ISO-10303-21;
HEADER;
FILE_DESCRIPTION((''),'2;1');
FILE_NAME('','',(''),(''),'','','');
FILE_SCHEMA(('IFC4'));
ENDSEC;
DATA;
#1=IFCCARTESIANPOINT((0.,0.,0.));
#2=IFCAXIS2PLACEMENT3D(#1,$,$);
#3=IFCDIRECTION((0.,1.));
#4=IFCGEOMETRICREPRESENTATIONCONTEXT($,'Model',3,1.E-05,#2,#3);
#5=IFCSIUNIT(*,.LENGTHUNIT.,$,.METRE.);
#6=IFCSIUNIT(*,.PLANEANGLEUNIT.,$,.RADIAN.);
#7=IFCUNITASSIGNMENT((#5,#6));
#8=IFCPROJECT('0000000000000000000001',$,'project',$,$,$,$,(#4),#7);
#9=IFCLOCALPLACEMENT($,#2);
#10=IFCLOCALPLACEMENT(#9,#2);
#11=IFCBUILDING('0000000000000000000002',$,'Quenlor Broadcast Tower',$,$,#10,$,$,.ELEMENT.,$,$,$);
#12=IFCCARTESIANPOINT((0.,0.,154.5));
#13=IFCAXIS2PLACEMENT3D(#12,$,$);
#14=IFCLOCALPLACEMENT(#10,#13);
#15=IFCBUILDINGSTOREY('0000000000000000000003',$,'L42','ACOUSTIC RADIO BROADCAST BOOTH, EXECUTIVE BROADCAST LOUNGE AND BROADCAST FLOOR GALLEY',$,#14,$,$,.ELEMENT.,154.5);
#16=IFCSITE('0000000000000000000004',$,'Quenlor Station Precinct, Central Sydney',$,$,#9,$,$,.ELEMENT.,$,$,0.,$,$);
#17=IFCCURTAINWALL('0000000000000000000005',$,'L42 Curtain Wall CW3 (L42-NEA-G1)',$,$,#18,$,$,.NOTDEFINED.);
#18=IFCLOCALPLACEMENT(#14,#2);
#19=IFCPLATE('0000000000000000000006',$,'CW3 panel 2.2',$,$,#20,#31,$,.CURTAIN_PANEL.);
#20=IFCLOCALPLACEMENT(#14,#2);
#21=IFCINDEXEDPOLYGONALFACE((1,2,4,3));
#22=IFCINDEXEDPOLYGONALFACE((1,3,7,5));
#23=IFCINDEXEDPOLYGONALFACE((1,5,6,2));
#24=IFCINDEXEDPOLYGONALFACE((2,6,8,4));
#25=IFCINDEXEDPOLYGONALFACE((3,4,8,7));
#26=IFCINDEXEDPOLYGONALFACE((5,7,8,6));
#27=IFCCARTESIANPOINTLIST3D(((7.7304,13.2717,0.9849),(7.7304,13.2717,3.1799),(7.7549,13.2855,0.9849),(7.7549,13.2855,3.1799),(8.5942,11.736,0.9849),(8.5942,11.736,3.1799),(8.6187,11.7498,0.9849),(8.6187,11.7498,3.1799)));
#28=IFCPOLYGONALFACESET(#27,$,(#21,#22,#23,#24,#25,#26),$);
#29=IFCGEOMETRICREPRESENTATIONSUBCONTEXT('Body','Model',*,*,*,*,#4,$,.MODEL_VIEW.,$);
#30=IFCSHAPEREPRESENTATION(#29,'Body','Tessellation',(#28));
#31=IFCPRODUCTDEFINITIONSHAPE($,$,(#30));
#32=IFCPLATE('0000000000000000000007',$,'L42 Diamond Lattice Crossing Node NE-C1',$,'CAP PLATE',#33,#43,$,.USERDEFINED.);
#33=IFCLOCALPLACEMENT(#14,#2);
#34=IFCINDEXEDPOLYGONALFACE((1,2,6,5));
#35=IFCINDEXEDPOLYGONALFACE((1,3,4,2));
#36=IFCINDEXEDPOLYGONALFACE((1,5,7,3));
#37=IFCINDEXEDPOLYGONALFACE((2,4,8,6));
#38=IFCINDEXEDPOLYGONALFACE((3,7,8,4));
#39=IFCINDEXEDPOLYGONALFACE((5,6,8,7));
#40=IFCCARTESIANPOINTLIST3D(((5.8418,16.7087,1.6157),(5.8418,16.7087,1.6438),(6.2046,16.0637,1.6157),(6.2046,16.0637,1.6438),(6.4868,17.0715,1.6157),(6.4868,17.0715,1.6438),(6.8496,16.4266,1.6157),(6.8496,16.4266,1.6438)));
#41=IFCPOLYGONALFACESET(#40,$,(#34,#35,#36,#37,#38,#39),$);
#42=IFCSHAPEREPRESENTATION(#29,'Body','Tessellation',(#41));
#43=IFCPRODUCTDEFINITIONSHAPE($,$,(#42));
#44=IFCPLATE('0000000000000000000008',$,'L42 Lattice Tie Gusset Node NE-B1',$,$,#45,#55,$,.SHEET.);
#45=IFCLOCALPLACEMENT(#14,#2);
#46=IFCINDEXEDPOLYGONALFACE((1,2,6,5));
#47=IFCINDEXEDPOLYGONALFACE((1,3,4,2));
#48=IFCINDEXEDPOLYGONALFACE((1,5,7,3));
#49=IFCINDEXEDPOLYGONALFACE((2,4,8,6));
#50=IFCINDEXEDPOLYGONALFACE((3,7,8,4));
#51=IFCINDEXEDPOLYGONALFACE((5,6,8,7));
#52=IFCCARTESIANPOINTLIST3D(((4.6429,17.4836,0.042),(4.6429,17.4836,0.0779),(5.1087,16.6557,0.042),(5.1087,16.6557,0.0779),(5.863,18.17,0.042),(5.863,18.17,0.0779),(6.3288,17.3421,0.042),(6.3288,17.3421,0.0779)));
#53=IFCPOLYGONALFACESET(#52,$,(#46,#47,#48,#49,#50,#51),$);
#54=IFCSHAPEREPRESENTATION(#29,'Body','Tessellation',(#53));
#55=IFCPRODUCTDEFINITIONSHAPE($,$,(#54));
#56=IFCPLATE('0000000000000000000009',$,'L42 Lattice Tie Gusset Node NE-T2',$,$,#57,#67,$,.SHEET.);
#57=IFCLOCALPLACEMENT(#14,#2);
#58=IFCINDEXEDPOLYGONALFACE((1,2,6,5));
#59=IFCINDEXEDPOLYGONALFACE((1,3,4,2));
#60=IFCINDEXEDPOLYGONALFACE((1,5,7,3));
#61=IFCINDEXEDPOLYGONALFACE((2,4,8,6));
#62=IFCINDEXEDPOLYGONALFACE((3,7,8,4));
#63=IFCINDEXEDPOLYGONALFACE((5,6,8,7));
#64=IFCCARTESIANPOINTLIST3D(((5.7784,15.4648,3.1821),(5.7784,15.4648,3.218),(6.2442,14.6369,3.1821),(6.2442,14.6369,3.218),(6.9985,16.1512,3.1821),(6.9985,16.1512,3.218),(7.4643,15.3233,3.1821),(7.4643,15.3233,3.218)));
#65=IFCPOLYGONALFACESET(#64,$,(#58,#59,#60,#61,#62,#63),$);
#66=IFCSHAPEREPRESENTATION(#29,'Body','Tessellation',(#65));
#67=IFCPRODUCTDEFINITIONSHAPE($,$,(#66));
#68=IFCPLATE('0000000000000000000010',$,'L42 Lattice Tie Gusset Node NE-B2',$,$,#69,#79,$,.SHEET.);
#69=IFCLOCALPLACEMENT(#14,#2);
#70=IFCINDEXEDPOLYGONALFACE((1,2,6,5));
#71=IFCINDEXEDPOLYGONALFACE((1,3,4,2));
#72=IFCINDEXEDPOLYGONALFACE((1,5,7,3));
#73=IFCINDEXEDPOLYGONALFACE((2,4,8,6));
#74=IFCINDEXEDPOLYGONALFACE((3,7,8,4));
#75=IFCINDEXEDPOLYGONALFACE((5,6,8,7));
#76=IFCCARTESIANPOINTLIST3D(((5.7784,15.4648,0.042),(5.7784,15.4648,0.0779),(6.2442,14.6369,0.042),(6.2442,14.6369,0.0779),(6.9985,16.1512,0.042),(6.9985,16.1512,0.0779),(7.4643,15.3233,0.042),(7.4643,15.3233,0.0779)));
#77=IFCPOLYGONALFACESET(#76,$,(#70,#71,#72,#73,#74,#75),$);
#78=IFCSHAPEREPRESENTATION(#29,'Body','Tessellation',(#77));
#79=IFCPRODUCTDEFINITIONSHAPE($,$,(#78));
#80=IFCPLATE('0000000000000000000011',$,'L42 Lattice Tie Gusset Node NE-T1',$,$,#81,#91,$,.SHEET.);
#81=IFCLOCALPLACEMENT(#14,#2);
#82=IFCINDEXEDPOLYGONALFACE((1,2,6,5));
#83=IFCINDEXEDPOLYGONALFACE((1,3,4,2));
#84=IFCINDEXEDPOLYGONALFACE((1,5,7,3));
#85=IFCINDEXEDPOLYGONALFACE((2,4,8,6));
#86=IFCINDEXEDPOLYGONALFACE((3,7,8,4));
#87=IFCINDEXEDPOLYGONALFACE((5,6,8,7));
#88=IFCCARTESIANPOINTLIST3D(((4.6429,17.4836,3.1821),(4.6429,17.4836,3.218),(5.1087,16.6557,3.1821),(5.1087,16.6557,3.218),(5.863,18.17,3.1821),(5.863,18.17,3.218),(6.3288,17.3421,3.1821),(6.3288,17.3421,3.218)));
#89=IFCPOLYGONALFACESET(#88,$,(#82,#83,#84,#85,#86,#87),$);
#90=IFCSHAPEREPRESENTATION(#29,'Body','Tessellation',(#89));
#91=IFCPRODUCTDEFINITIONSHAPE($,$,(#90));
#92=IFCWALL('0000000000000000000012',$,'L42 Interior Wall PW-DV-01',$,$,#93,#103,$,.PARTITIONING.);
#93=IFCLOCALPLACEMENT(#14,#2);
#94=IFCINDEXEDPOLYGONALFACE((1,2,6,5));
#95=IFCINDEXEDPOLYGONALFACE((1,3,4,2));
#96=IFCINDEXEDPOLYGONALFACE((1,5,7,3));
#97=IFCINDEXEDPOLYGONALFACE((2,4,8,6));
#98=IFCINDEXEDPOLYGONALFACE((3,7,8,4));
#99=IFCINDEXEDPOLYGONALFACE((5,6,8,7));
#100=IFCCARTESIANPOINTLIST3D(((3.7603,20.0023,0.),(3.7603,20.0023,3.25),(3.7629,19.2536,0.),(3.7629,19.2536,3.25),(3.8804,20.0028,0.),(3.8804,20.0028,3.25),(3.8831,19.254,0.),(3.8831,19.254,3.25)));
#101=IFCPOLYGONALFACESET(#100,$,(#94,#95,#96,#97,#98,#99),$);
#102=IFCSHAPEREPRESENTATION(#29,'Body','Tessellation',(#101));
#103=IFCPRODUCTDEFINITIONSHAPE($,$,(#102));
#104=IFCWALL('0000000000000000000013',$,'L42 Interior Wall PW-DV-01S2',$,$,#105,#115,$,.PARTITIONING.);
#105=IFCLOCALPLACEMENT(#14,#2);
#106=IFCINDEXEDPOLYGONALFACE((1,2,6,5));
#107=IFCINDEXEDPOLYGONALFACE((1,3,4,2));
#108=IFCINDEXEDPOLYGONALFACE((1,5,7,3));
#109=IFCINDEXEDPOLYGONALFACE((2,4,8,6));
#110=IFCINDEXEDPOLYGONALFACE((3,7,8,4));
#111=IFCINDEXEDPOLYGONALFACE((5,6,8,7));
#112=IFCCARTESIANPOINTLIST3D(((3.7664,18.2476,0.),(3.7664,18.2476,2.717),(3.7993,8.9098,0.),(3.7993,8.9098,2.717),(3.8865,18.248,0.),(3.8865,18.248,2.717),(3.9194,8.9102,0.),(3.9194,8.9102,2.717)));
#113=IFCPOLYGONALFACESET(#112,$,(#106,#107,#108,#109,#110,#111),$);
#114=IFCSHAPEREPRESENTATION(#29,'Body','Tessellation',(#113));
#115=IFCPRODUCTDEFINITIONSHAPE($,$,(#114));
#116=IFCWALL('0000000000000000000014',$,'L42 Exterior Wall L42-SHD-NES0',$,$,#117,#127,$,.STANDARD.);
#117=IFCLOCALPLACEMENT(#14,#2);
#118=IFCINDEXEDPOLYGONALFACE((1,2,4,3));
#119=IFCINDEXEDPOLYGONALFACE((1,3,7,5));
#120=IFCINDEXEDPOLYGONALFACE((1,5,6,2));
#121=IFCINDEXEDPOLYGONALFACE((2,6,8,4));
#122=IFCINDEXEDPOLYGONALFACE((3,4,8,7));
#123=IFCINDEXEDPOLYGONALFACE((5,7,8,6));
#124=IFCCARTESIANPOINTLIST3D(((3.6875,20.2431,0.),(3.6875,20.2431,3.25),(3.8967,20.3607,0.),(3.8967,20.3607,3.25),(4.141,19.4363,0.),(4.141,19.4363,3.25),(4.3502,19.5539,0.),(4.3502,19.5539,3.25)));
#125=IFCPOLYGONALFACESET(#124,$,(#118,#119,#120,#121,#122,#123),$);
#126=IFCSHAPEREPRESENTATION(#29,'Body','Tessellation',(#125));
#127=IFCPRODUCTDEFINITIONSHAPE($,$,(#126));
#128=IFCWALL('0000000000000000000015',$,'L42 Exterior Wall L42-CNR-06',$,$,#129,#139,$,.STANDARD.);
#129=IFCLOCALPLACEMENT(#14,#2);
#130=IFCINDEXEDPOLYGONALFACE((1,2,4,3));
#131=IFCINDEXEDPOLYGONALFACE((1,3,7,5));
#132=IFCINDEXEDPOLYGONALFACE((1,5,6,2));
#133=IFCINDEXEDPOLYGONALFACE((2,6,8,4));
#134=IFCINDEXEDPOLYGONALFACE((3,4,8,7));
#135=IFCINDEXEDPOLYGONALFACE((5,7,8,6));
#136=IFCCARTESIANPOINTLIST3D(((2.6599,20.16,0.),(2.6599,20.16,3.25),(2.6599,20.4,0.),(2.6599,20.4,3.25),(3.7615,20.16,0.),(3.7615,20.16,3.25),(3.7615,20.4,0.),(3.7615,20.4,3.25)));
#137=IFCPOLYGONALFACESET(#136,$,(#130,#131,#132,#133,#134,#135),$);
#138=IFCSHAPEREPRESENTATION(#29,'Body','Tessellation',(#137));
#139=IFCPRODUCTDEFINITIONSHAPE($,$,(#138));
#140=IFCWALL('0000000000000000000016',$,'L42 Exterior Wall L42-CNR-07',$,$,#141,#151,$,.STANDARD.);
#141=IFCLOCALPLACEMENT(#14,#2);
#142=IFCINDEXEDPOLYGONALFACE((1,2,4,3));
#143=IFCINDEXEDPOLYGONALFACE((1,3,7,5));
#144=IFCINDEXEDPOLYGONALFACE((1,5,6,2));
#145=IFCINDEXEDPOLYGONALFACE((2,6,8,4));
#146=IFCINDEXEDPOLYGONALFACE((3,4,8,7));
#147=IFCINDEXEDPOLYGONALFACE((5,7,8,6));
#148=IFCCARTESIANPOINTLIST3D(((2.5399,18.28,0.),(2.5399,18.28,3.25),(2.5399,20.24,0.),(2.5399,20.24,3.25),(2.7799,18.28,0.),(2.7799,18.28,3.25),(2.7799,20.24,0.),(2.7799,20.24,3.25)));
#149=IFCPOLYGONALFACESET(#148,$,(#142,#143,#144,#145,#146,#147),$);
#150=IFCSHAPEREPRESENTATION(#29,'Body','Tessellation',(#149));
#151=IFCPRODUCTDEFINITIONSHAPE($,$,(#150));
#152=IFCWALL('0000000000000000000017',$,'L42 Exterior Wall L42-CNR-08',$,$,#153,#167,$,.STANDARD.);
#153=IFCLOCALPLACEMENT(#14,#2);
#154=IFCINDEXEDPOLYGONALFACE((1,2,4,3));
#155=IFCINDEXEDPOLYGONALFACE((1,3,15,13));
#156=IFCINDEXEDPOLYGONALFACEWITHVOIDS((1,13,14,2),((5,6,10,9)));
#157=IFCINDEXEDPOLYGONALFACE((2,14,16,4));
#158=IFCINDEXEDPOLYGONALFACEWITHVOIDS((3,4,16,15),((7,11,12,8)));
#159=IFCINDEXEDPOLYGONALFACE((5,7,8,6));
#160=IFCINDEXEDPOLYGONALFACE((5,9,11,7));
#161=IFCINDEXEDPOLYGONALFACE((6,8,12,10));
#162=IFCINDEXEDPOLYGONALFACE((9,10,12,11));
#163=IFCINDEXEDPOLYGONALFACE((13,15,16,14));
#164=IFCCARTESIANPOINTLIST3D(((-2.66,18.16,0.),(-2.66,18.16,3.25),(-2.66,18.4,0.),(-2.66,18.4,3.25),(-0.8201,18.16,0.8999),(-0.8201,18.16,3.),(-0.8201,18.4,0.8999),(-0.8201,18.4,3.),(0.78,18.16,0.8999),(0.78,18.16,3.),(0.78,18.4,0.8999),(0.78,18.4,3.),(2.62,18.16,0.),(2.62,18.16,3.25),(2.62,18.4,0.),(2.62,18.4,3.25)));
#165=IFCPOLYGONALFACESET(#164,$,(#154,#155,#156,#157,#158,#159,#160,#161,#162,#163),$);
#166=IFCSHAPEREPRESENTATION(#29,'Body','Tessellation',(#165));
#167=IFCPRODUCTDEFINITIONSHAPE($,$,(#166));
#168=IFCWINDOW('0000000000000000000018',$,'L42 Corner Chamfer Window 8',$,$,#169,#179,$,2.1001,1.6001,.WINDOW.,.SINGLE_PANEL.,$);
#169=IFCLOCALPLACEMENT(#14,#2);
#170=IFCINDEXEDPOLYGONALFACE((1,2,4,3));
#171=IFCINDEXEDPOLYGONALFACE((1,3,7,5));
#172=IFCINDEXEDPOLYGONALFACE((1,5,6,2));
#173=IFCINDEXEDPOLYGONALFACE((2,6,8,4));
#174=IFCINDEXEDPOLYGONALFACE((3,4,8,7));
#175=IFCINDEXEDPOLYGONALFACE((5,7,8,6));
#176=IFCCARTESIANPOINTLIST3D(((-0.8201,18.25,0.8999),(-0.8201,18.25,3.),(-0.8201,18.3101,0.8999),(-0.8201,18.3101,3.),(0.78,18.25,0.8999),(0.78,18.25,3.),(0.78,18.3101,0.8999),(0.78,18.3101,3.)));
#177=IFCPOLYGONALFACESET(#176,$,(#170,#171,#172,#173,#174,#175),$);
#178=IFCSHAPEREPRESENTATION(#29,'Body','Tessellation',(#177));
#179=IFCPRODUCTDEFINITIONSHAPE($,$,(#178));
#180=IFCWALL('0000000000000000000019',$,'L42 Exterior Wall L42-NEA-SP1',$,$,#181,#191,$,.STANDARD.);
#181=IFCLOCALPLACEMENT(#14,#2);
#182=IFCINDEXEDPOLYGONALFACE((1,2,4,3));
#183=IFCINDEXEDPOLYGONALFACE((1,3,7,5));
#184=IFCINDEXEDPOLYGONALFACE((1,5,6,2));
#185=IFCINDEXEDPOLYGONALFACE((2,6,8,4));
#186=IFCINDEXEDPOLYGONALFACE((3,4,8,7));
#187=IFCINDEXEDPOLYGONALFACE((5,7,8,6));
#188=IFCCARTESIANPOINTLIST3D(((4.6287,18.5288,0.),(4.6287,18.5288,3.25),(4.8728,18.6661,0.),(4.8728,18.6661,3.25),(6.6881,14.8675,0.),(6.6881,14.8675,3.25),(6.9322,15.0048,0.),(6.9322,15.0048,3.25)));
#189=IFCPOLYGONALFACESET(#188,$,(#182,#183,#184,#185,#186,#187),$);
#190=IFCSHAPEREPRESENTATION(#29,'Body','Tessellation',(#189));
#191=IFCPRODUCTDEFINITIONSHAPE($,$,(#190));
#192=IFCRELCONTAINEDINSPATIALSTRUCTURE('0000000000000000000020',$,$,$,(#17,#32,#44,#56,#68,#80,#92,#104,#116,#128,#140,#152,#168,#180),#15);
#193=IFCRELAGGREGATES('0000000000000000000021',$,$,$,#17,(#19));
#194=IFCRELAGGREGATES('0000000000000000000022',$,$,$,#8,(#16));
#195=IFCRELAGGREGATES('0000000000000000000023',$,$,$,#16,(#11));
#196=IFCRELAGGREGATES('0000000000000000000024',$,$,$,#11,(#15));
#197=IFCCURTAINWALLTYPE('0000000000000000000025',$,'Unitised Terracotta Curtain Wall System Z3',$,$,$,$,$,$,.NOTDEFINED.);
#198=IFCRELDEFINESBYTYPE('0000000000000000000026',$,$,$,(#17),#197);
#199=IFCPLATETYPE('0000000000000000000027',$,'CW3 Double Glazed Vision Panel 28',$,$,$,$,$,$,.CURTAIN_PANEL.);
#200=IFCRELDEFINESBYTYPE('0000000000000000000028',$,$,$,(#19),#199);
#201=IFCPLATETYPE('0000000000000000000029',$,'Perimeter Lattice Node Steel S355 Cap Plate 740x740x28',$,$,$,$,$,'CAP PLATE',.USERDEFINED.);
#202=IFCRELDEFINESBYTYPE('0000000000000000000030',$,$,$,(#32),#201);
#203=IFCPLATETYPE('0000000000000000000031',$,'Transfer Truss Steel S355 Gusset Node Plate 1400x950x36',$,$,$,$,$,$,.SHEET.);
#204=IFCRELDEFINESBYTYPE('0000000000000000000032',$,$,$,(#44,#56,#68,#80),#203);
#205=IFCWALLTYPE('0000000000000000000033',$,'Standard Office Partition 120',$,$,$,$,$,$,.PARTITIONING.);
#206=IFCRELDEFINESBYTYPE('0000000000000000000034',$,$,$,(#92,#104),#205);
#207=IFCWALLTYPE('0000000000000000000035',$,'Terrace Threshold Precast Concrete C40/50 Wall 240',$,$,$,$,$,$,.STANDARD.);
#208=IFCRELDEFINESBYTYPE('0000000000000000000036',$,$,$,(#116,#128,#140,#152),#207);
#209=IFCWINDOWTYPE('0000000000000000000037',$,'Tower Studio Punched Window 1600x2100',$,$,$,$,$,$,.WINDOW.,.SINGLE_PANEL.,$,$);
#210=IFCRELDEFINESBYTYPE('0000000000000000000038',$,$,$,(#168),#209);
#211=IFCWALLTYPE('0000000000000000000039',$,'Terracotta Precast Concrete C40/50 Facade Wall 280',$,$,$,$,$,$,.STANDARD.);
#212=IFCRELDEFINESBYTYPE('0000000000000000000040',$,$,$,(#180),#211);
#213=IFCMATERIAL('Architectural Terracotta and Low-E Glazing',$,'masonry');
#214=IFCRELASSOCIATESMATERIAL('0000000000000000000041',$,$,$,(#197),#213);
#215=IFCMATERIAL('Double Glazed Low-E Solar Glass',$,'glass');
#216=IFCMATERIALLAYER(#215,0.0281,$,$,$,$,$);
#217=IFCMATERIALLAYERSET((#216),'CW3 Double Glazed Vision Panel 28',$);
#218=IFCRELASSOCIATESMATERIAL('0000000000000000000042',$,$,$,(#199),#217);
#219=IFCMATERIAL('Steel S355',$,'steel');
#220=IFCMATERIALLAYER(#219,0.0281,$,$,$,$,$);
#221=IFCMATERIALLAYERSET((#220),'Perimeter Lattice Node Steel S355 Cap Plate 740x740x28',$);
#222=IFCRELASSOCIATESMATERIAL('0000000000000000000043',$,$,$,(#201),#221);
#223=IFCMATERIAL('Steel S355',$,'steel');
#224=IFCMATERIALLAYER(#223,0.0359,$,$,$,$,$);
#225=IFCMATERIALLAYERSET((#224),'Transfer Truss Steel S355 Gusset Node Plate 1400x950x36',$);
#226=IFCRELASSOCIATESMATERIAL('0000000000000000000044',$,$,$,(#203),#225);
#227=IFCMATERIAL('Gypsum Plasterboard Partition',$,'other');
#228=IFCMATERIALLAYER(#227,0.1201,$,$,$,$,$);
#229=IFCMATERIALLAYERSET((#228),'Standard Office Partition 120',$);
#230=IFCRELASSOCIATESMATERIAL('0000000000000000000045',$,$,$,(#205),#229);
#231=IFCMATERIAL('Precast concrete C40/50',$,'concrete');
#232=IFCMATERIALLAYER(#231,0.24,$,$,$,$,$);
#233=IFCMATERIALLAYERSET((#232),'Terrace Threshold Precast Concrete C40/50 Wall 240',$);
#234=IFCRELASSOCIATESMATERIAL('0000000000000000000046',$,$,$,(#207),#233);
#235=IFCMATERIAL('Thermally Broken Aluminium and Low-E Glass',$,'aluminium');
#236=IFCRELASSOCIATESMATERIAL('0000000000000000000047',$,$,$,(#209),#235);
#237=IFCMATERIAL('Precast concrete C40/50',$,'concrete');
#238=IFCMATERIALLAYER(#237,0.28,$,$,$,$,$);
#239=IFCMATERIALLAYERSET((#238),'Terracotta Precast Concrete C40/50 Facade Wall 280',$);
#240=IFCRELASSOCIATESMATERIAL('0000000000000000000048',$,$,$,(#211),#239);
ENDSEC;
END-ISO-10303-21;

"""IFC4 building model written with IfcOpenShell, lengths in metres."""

from ifc_helpers import new_model, si_unit, direction, frame, frame_2d, origin, origin_2d, place, context, subcontext, project, spatial, rectangle, extrude, material, layer, layer_set, type_object, element, fill, aggregate, save


model = new_model("IFC4")

# Units and contexts
model_context = context("Model", 3, precision=1e-05, world=origin(), true_north=direction((0.0, 1.0)))
body_context = subcontext(model_context, "Body", "Model", "MODEL_VIEW")
ifc_project = project(units=[si_unit("LENGTHUNIT", "METRE"), si_unit("PLANEANGLEUNIT", "RADIAN")], contexts=[model_context])

# Site, building, storey
site_placement = place(None, origin())
site = spatial("IfcSite", under=ifc_project, at=site_placement, Name="Quenlor Station Precinct, Central Sydney", CompositionType="ELEMENT", RefElevation=0.0)
building_placement = place(site_placement, origin())
building = spatial("IfcBuilding", under=site, at=building_placement, Name="Quenlor Broadcast Tower", CompositionType="ELEMENT")
storey_placement = place(building_placement, frame((0.0, 0.0, 154.5)))
storey = spatial("IfcBuildingStorey", under=building, at=storey_placement, Name="L42", Description="ACOUSTIC RADIO BROADCAST BOOTH, EXECUTIVE BROADCAST LOUNGE AND BROADCAST FLOOR GALLEY", CompositionType="ELEMENT", Elevation=154.5)

# Curtain wall
ifc_material_1 = material(Name="Architectural Terracotta and Low-E Glazing", Category="masonry")
curtain_wall_type = type_object("IfcCurtainWallType", Name="Unitised Terracotta Curtain Wall System Z3", PredefinedType="NOTDEFINED", material=ifc_material_1)
curtain_wall_placement = place(storey_placement, origin())
curtain_wall = element("IfcCurtainWall", 1, at=curtain_wall_placement, inside=storey, type_object=curtain_wall_type, Name="L42 Curtain Wall CW3 (L42-NEA-G1)", PredefinedType="NOTDEFINED")

# Plate
ifc_material_2 = material(Name="Double Glazed Low-E Solar Glass", Category="glass")
ifc_layer_1 = layer(ifc_material_2, 0.0281)
ifc_layer_set_1 = layer_set([ifc_layer_1], Name="CW3 Double Glazed Vision Panel 28")
plate_type_1 = type_object("IfcPlateType", Name="CW3 Double Glazed Vision Panel 28", PredefinedType="CURTAIN_PANEL", material=ifc_layer_set_1)
plate_1_placement = place(storey_placement, frame((8.1746, 12.5107, 0.9849), z_axis=(0.0, 0.0, 1.0), x_axis=(0.49027, -0.871571, 0.0)))
plate_1 = element("IfcPlate", 2, at=plate_1_placement, type_object=plate_type_1, Name="CW3 panel 2.2", PredefinedType="CURTAIN_PANEL", context=body_context, shape_type="SweptSolid", body=[
    extrude(rectangle(XDim=1.762, YDim=0.0281, at=origin_2d()), origin(), (0.0, 0.0, 1.0), 2.1951),
])
aggregate(curtain_wall, [plate_1])

# Plates
ifc_material_3 = material(Name="Steel S355", Category="steel")
ifc_layer_2 = layer(ifc_material_3, 0.0281)
ifc_layer_set_2 = layer_set([ifc_layer_2], Name="Perimeter Lattice Node Steel S355 Cap Plate 740x740x28")
plate_type_2 = type_object("IfcPlateType", Name="Perimeter Lattice Node Steel S355 Cap Plate 740x740x28", ElementType="CAP PLATE", PredefinedType="USERDEFINED", material=ifc_layer_set_2)
plate_2_placement = place(storey_placement, frame((6.3457, 16.5676, 1.6157), z_axis=(0.0, 0.0, 1.0), x_axis=(0.490295, -0.871556, 0.0)))
element("IfcPlate", 3, at=plate_2_placement, inside=storey, type_object=plate_type_2, Name="L42 Diamond Lattice Crossing Node NE-C1", ObjectType="CAP PLATE", PredefinedType="USERDEFINED", context=body_context, shape_type="SweptSolid", body=[
    extrude(rectangle(XDim=0.74, YDim=0.74, at=origin_2d()), origin(), (0.0, 0.0, 1.0), 0.0281),
])
ifc_material_4 = material(Name="Steel S355", Category="steel")
ifc_layer_3 = layer(ifc_material_4, 0.0359)
ifc_layer_set_3 = layer_set([ifc_layer_3], Name="Transfer Truss Steel S355 Gusset Node Plate 1400x950x36")
plate_type_3 = type_object("IfcPlateType", Name="Transfer Truss Steel S355 Gusset Node Plate 1400x950x36", PredefinedType="SHEET", material=ifc_layer_set_3)
for number, where, z_axis, x_axis, name in (
    (4, (5.4858, 17.4128, 0.042), (0.0, 0.0, 1.0), (0.871556, 0.490295, 0.0), "L42 Lattice Tie Gusset Node NE-B1"),
    (5, (6.6213, 15.394, 3.1821), (0.0, 0.0, 1.0), (0.871556, 0.490295, 0.0), "L42 Lattice Tie Gusset Node NE-T2"),
    (6, (6.6213, 15.394, 0.042), (0.0, 0.0, 1.0), (0.871556, 0.490295, 0.0), "L42 Lattice Tie Gusset Node NE-B2"),
    (7, (5.4858, 17.4128, 3.1821), (0.0, 0.0, 1.0), (0.871556, 0.490295, 0.0), "L42 Lattice Tie Gusset Node NE-T1"),
):
    element("IfcPlate", number, at=place(storey_placement, frame(where, z_axis=z_axis, x_axis=x_axis)), inside=storey, type_object=plate_type_3, Name=name, PredefinedType="SHEET", context=body_context, shape_type="SweptSolid", body=[
        extrude(rectangle(XDim=1.3999, YDim=0.95, at=origin_2d()), origin(), (0.0, 0.0, 1.0), 0.0359),
    ])

# Walls
ifc_material_5 = material(Name="Gypsum Plasterboard Partition", Category="other")
ifc_layer_4 = layer(ifc_material_5, 0.1201)
ifc_layer_set_4 = layer_set([ifc_layer_4], Name="Standard Office Partition 120")
wall_type_1 = type_object("IfcWallType", Name="Standard Office Partition 120", PredefinedType="PARTITIONING", material=ifc_layer_set_4)
wall_1_placement = place(storey_placement, frame((3.8203, 20.0027, 0.0), z_axis=(0.0, 0.0, 1.0), x_axis=(0.003587, -0.999994, 0.0)))
element("IfcWall", 8, at=wall_1_placement, inside=storey, type_object=wall_type_1, Name="L42 Interior Wall PW-DV-01", PredefinedType="PARTITIONING", context=body_context, shape_type="SweptSolid", body=[
    extrude(rectangle(XDim=0.7488, YDim=0.1201, at=frame_2d((0.3745, 0.0))), origin(), (0.0, 0.0, 1.0), 3.25),
])
wall_2_placement = place(storey_placement, frame((3.8264, 18.2478, 0.0), z_axis=(0.0, 0.0, 1.0), x_axis=(0.00353, -0.999994, 0.0)))
element("IfcWall", 9, at=wall_2_placement, inside=storey, type_object=wall_type_1, Name="L42 Interior Wall PW-DV-01S2", PredefinedType="PARTITIONING", context=body_context, shape_type="SweptSolid", body=[
    extrude(rectangle(XDim=9.3379, YDim=0.1201, at=frame_2d((4.6689, 0.0))), origin(), (0.0, 0.0, 1.0), 2.717),
])
ifc_material_6 = material(Name="Precast concrete C40/50", Category="concrete")
ifc_layer_5 = layer(ifc_material_6, 0.24)
ifc_layer_set_5 = layer_set([ifc_layer_5], Name="Terrace Threshold Precast Concrete C40/50 Wall 240")
wall_type_2 = type_object("IfcWallType", Name="Terrace Threshold Precast Concrete C40/50 Wall 240", PredefinedType="STANDARD", material=ifc_layer_set_5)
wall_3_placement = place(storey_placement, frame((3.792, 20.302, 0.0), z_axis=(0.0, 0.0, 1.0), x_axis=(0.490048, -0.871695, 0.0)))
element("IfcWall", 10, at=wall_3_placement, inside=storey, type_object=wall_type_2, Name="L42 Exterior Wall L42-SHD-NES0", PredefinedType="STANDARD", context=body_context, shape_type="SweptSolid", body=[
    extrude(rectangle(XDim=0.9255, YDim=0.24, at=frame_2d((0.4629, 0.0))), origin(), (0.0, 0.0, 1.0), 3.25),
])
wall_4_placement = place(storey_placement, frame((3.7615, 20.28, 0.0), z_axis=(0.0, 0.0, 1.0), x_axis=(-1.0, 0.0, 0.0)))
element("IfcWall", 11, at=wall_4_placement, inside=storey, type_object=wall_type_2, Name="L42 Exterior Wall L42-CNR-06", PredefinedType="STANDARD", context=body_context, shape_type="SweptSolid", body=[
    extrude(rectangle(XDim=1.1016, YDim=0.24, at=frame_2d((0.5508, 0.0))), origin(), (0.0, 0.0, 1.0), 3.25),
])
wall_5_placement = place(storey_placement, frame((2.6599, 20.24, 0.0), z_axis=(0.0, 0.0, 1.0), x_axis=(0.0, -1.0, 0.0)))
element("IfcWall", 12, at=wall_5_placement, inside=storey, type_object=wall_type_2, Name="L42 Exterior Wall L42-CNR-07", PredefinedType="STANDARD", context=body_context, shape_type="SweptSolid", body=[
    extrude(rectangle(XDim=1.96, YDim=0.24, at=frame_2d((0.98, 0.0))), origin(), (0.0, 0.0, 1.0), 3.25),
])

# Wall, opening, window
wall_6_placement = place(storey_placement, frame((2.6201, 18.28, 0.0), z_axis=(0.0, 0.0, 1.0), x_axis=(-1.0, 0.0, 0.0)))
wall_6 = element("IfcWall", 13, at=wall_6_placement, inside=storey, type_object=wall_type_2, Name="L42 Exterior Wall L42-CNR-08", PredefinedType="STANDARD", context=body_context, shape_type="SweptSolid", body=[
    extrude(rectangle(XDim=5.28, YDim=0.24, at=frame_2d((2.6401, 0.0))), origin(), (0.0, 0.0, 1.0), 3.25),
])
opening_placement = place(wall_6_placement, frame((1.8401, 0.0, 0.8999)))
opening = element("IfcOpeningElement", 14, at=opening_placement, cuts=wall_6, PredefinedType="OPENING", context=body_context, shape_type="SweptSolid", body=[
    extrude(rectangle(XDim=1.6001, YDim=2.1001, at=frame_2d((0.8, 1.05))), frame((0.0, 0.1299, 0.0), z_axis=(0.0, -1.0, 0.0), x_axis=(1.0, 0.0, 0.0)), (0.0, 0.0, 1.0), 0.26),
])
ifc_material_7 = material(Name="Thermally Broken Aluminium and Low-E Glass", Category="aluminium")
window_type = type_object("IfcWindowType", Name="Tower Studio Punched Window 1600x2100", PartitioningType="SINGLE_PANEL", PredefinedType="WINDOW", material=ifc_material_7)
window_placement = place(opening_placement, origin())
window = element("IfcWindow", 15, at=window_placement, inside=storey, type_object=window_type, Name="L42 Corner Chamfer Window 8", OverallHeight=2.1001, OverallWidth=1.6001, PartitioningType="SINGLE_PANEL", PredefinedType="WINDOW", context=body_context, shape_type="SweptSolid", body=[
    extrude(rectangle(XDim=1.6001, YDim=2.1001, at=frame_2d((0.8, 1.05))), frame((0.0, 0.03, 0.0), z_axis=(0.0, -1.0, 0.0), x_axis=(1.0, 0.0, 0.0)), (0.0, 0.0, 1.0), 0.0601),
])
fill(opening, window)

# Wall
ifc_material_8 = material(Name="Precast concrete C40/50", Category="concrete")
ifc_layer_6 = layer(ifc_material_8, 0.28)
ifc_layer_set_6 = layer_set([ifc_layer_6], Name="Terracotta Precast Concrete C40/50 Facade Wall 280")
wall_type_3 = type_object("IfcWallType", Name="Terracotta Precast Concrete C40/50 Facade Wall 280", PredefinedType="STANDARD", material=ifc_layer_set_6)
wall_7_placement = place(storey_placement, frame((4.7507, 18.5974, 0.0), z_axis=(0.0, 0.0, 1.0), x_axis=(0.49025, -0.871582, 0.0)))
element("IfcWall", 16, at=wall_7_placement, inside=storey, type_object=wall_type_3, Name="L42 Exterior Wall L42-NEA-SP1", PredefinedType="STANDARD", context=body_context, shape_type="SweptSolid", body=[
    extrude(rectangle(XDim=4.2007, YDim=0.28, at=frame_2d((2.1003, 0.0))), origin(), (0.0, 0.0, 1.0), 3.25),
])

save(model, "model.ifc")
